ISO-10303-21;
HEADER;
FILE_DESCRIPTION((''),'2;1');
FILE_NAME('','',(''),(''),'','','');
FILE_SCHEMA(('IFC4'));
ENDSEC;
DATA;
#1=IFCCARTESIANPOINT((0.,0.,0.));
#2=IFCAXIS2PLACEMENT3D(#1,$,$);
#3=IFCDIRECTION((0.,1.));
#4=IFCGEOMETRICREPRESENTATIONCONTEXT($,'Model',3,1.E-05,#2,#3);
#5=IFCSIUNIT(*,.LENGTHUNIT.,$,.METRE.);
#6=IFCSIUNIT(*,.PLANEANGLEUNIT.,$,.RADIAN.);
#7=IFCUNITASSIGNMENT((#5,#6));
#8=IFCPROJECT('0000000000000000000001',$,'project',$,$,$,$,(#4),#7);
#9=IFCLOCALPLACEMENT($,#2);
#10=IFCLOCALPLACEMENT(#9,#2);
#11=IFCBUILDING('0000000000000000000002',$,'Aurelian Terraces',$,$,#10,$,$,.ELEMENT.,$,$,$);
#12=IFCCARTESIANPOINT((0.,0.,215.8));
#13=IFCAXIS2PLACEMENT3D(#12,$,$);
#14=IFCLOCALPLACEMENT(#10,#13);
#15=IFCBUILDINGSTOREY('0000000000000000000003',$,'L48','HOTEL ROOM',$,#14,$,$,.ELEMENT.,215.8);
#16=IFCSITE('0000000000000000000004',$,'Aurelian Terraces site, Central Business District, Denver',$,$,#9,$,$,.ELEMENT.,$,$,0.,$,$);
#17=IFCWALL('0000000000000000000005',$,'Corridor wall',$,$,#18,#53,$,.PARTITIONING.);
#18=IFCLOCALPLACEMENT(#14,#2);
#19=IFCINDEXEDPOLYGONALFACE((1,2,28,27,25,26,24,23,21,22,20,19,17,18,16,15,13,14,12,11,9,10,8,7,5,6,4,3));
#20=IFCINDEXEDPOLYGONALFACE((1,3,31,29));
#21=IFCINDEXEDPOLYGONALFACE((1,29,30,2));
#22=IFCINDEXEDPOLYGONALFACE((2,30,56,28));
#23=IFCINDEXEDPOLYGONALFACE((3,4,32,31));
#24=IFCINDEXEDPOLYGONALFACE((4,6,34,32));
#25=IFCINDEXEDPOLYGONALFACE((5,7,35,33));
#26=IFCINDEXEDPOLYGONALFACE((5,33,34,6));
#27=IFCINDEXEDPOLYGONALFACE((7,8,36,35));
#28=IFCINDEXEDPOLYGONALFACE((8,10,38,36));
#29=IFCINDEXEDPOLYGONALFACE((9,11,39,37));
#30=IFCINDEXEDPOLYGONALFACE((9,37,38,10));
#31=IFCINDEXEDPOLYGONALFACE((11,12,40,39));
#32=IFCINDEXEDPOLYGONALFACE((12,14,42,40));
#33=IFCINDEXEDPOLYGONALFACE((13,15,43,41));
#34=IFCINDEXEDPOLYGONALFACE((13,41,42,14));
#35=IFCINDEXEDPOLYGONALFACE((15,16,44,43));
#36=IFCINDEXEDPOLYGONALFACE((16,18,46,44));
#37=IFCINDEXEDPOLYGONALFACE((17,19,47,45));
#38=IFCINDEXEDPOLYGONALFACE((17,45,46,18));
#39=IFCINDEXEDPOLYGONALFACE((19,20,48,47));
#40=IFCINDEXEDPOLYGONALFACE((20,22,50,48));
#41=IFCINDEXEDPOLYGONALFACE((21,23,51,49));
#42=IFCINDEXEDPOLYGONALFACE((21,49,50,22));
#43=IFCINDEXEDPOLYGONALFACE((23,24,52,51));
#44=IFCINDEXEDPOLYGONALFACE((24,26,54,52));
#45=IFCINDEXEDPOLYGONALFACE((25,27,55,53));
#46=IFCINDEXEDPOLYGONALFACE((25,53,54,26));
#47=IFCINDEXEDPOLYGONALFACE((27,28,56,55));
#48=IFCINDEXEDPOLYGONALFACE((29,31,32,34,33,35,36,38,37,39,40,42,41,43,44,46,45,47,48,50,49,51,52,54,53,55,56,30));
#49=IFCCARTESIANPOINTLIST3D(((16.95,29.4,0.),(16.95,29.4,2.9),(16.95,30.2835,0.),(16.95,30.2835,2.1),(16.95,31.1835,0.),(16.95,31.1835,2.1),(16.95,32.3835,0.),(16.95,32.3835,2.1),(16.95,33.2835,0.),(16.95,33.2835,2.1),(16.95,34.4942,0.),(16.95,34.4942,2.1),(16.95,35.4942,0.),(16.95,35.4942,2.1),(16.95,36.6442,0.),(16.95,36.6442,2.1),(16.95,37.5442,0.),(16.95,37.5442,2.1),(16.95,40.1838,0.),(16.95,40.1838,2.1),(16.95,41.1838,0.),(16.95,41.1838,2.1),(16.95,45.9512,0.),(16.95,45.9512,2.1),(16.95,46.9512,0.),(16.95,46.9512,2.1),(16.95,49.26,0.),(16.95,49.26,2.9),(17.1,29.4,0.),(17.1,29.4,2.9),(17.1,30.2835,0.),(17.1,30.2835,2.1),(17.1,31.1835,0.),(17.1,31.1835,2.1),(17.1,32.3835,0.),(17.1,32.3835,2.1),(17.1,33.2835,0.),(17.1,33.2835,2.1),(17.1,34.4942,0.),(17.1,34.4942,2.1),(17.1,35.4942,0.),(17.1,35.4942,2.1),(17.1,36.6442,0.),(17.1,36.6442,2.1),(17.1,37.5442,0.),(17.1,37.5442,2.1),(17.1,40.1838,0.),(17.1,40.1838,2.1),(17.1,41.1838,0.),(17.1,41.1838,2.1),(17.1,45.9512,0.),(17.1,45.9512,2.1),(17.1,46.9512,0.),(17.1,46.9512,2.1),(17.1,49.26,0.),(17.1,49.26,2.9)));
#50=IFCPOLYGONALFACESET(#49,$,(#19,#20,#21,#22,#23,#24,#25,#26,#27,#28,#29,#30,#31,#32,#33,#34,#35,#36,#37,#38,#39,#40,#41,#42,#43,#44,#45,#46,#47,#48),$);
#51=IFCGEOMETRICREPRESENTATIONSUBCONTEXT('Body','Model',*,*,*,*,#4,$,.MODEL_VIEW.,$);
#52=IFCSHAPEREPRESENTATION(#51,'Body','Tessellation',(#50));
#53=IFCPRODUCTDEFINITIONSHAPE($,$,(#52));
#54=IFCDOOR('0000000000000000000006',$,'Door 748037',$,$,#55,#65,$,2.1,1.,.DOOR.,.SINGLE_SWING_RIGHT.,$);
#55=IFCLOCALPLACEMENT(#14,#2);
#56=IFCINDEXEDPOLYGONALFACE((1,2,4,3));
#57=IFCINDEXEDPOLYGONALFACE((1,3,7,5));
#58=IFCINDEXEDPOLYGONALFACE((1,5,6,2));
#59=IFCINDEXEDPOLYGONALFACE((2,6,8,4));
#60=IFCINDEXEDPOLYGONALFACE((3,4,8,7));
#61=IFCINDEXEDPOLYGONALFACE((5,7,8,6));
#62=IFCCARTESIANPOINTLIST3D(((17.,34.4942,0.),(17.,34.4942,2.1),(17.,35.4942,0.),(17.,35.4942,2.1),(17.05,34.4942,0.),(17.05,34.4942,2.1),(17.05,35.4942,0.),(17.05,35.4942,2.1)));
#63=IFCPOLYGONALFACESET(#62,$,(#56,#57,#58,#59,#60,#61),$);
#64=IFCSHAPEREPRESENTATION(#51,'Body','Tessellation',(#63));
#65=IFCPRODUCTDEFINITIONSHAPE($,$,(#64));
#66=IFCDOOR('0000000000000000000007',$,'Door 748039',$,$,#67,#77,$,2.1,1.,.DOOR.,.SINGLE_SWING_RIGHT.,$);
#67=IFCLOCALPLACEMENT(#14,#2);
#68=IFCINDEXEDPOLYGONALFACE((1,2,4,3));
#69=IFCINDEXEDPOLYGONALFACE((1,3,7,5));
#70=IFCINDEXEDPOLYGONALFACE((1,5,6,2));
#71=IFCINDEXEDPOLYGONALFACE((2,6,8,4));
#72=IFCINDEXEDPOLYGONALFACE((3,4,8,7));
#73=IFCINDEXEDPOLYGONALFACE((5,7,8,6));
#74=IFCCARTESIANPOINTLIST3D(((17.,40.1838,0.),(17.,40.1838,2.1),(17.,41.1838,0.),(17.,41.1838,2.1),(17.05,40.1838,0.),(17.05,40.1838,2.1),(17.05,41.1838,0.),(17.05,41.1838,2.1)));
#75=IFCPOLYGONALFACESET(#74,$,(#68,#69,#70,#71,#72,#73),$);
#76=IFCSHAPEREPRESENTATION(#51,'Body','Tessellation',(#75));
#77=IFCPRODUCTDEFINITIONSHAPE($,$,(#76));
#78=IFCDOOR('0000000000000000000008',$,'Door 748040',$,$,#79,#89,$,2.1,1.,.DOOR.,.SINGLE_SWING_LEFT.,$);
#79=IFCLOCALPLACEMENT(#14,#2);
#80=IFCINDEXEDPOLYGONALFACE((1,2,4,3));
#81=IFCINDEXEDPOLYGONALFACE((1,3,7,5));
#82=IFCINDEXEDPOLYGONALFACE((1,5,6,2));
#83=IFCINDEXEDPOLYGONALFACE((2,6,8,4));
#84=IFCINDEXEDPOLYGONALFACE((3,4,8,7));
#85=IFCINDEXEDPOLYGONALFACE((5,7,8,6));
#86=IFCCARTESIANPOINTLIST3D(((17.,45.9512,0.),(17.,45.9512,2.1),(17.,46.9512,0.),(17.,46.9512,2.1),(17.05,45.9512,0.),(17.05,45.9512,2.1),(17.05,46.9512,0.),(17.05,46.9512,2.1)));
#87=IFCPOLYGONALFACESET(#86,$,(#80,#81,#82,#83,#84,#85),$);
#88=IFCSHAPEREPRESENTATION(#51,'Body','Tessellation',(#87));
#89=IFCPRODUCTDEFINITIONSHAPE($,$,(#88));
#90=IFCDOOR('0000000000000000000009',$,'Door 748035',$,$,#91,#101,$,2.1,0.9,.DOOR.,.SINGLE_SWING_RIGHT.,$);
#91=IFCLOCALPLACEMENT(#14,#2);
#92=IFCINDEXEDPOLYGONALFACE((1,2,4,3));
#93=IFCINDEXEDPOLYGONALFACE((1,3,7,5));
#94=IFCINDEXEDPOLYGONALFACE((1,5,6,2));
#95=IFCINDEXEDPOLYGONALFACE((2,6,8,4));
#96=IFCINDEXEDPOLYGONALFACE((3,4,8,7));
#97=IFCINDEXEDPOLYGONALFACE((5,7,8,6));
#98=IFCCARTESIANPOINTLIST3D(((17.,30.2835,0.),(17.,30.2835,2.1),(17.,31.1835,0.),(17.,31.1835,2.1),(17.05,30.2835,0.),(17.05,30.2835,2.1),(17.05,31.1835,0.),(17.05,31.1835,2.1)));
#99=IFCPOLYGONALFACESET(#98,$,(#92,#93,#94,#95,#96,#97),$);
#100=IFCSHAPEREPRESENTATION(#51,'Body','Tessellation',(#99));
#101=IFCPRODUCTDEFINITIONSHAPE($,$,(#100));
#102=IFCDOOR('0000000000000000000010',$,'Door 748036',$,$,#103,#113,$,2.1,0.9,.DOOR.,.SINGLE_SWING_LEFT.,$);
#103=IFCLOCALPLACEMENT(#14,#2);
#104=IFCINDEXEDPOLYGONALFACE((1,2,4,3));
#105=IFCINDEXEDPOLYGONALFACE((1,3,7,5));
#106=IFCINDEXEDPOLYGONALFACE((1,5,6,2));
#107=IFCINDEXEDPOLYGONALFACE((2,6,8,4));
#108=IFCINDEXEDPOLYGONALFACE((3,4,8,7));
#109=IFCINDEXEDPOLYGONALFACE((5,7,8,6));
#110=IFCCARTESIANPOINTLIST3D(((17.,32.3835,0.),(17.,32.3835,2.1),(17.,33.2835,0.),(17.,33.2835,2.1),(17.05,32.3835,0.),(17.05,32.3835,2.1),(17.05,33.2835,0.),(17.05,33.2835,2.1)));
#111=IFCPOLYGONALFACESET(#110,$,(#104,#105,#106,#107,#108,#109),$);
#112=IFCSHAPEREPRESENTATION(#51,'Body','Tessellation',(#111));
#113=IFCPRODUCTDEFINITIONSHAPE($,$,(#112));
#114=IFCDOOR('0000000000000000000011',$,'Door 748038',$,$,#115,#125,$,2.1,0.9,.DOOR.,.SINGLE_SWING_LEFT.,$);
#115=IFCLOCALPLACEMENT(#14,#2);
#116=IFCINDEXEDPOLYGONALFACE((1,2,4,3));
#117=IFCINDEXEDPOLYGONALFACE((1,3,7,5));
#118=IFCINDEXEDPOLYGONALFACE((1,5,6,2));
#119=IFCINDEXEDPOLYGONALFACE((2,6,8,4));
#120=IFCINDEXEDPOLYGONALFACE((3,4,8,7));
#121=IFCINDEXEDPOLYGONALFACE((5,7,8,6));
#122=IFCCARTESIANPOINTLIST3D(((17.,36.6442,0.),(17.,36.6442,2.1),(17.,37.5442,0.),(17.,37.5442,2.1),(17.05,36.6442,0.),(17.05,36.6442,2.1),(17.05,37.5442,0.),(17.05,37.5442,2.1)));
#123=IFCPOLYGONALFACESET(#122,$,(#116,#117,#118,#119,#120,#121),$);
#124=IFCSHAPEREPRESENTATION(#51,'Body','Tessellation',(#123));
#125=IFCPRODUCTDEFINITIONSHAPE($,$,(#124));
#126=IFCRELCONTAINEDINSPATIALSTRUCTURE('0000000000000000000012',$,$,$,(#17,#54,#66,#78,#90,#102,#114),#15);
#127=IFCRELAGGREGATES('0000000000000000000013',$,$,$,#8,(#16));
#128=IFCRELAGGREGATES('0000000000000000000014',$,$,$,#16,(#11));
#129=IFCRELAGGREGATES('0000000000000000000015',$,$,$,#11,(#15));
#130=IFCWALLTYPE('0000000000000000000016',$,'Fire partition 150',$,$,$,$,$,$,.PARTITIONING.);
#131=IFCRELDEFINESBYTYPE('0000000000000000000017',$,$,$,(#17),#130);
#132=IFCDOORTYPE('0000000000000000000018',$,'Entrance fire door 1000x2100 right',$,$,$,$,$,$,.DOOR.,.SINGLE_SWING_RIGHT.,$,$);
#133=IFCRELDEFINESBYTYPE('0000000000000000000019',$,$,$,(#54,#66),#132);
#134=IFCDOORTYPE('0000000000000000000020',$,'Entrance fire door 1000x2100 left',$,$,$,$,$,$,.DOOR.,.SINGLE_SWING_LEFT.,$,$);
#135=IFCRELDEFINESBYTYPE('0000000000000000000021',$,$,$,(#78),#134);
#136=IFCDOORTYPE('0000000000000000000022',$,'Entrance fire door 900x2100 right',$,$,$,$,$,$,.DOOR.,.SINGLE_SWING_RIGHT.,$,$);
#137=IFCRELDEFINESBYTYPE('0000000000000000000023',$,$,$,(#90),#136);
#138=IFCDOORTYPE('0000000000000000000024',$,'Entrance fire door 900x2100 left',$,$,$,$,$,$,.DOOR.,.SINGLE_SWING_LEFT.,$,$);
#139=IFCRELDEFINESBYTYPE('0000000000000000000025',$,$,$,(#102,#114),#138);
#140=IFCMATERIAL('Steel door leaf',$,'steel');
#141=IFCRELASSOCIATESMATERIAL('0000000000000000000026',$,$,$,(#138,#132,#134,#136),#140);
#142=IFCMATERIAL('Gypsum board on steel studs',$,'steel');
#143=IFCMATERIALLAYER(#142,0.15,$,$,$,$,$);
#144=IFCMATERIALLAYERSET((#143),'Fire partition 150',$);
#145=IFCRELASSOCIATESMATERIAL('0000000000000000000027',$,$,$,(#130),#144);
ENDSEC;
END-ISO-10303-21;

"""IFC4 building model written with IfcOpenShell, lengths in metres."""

from ifc_helpers import new_model, si_unit, direction, frame, frame_2d, origin, place, context, subcontext, project, spatial, rectangle, extrude, source, transform, mapped, material, layer, layer_set, type_object, element, fill, save


model = new_model("IFC4")

# Units and contexts
model_context = context("Model", 3, precision=1e-05, world=origin(), true_north=direction((0.0, 1.0)))
body_context = subcontext(model_context, "Body", "Model", "MODEL_VIEW")
ifc_project = project(units=[si_unit("LENGTHUNIT", "METRE"), si_unit("PLANEANGLEUNIT", "RADIAN")], contexts=[model_context])

# Site, building, storey
site_placement = place(None, origin())
site = spatial("IfcSite", under=ifc_project, at=site_placement, Name="Aurelian Terraces site, Central Business District, Denver", CompositionType="ELEMENT", RefElevation=0.0)
building_placement = place(site_placement, origin())
building = spatial("IfcBuilding", under=site, at=building_placement, Name="Aurelian Terraces", CompositionType="ELEMENT")
storey_placement = place(building_placement, frame((0.0, 0.0, 215.8)))
storey = spatial("IfcBuildingStorey", under=building, at=storey_placement, Name="L48", Description="HOTEL ROOM", CompositionType="ELEMENT", Elevation=215.8)

# Shared definitions
ifc_material_1 = material(Name="Gypsum board on steel studs", Category="steel")

# Shared definitions
shared_shape_1 = source(origin(), body_context, "Body", "SweptSolid", [
    extrude(rectangle(XDim=0.9, YDim=2.1, at=frame_2d((0.45, 1.05))), frame((0.0, 0.085, 0.0), z_axis=(0.0, -1.0, 0.0), x_axis=(1.0, 0.0, 0.0)), (0.0, 0.0, 1.0), 0.17),
])
shared_shape_2 = source(origin(), body_context, "Body", "SweptSolid", [
    extrude(rectangle(XDim=0.9, YDim=2.1, at=frame_2d((0.45, 1.05))), frame((0.0, 0.025, 0.0), z_axis=(0.0, -1.0, 0.0), x_axis=(1.0, 0.0, 0.0)), (0.0, 0.0, 1.0), 0.05),
])
ifc_material_2 = material(Name="Steel door leaf", Category="steel")
door_type_1 = type_object("IfcDoorType", Name="Entrance fire door 900x2100 left", OperationType="SINGLE_SWING_LEFT", PredefinedType="DOOR", material=ifc_material_2)

# Shared definitions
ifc_layer_1 = layer(ifc_material_1, 0.15)
ifc_layer_set_1 = layer_set([ifc_layer_1], Name="Fire partition 150")
wall_type_1 = type_object("IfcWallType", Name="Fire partition 150", PredefinedType="PARTITIONING", material=ifc_layer_set_1)

# Wall, openings, doors
shared_shape_3 = source(origin(), body_context, "Body", "SweptSolid", [
    extrude(rectangle(XDim=19.86, YDim=0.15, at=frame_2d((9.93, 0.0))), origin(), (0.0, 0.0, 1.0), 2.9),
])
wall_1_placement = place(storey_placement, frame((17.025, 49.26, 0.0), z_axis=(0.0, 0.0, 1.0), x_axis=(0.0, -1.0, 0.0)))
wall_1 = element("IfcWall", 1, at=wall_1_placement, inside=storey, type_object=wall_type_1, Name="Corridor wall", PredefinedType="PARTITIONING", context=body_context, shape_type="MappedRepresentation", body=[
    mapped(shared_shape_3, transform((0.0, 0.0, 0.0), scale=1.0)),
])
opening_1_placement = place(wall_1_placement, frame((18.0765, 0.0, 0.0)))
opening_1 = element("IfcOpeningElement", 2, at=opening_1_placement, cuts=wall_1, PredefinedType="OPENING", context=body_context, shape_type="MappedRepresentation", body=[
    mapped(shared_shape_1, transform((0.0, 0.0, 0.0), scale=1.0)),
])
opening_2_placement = place(wall_1_placement, frame((15.9765, 0.0, 0.0)))
opening_2 = element("IfcOpeningElement", 3, at=opening_2_placement, cuts=wall_1, PredefinedType="OPENING", context=body_context, shape_type="MappedRepresentation", body=[
    mapped(shared_shape_1, transform((0.0, 0.0, 0.0), scale=1.0)),
])
shared_shape_4 = source(origin(), body_context, "Body", "SweptSolid", [
    extrude(rectangle(XDim=1.0, YDim=2.1, at=frame_2d((0.5, 1.05))), frame((0.0, 0.085, 0.0), z_axis=(0.0, -1.0, 0.0), x_axis=(1.0, 0.0, 0.0)), (0.0, 0.0, 1.0), 0.17),
])
opening_3_placement = place(wall_1_placement, frame((13.7658, 0.0, 0.0)))
opening_3 = element("IfcOpeningElement", 4, at=opening_3_placement, cuts=wall_1, PredefinedType="OPENING", context=body_context, shape_type="MappedRepresentation", body=[
    mapped(shared_shape_4, transform((0.0, 0.0, 0.0), scale=1.0)),
])
opening_4_placement = place(wall_1_placement, frame((11.7158, 0.0, 0.0)))
opening_4 = element("IfcOpeningElement", 5, at=opening_4_placement, cuts=wall_1, PredefinedType="OPENING", context=body_context, shape_type="MappedRepresentation", body=[
    mapped(shared_shape_1, transform((0.0, 0.0, 0.0), scale=1.0)),
])
opening_5_placement = place(wall_1_placement, frame((8.0762, 0.0, 0.0)))
opening_5 = element("IfcOpeningElement", 6, at=opening_5_placement, cuts=wall_1, PredefinedType="OPENING", context=body_context, shape_type="MappedRepresentation", body=[
    mapped(shared_shape_4, transform((0.0, 0.0, 0.0), scale=1.0)),
])
opening_6_placement = place(wall_1_placement, frame((2.3088, 0.0, 0.0)))
opening_6 = element("IfcOpeningElement", 7, at=opening_6_placement, cuts=wall_1, PredefinedType="OPENING", context=body_context, shape_type="MappedRepresentation", body=[
    mapped(shared_shape_4, transform((0.0, 0.0, 0.0), scale=1.0)),
])
door_type_2 = type_object("IfcDoorType", Name="Entrance fire door 1000x2100 right", OperationType="SINGLE_SWING_RIGHT", PredefinedType="DOOR", material=ifc_material_2)
shared_shape_5 = source(origin(), body_context, "Body", "SweptSolid", [
    extrude(rectangle(XDim=1.0, YDim=2.1, at=frame_2d((0.5, 1.05))), frame((0.0, 0.025, 0.0), z_axis=(0.0, -1.0, 0.0), x_axis=(1.0, 0.0, 0.0)), (0.0, 0.0, 1.0), 0.05),
])
door_1_placement = place(opening_3_placement, origin())
door_1 = element("IfcDoor", 8, at=door_1_placement, inside=storey, type_object=door_type_2, Name="Door 748037", OperationType="SINGLE_SWING_RIGHT", OverallHeight=2.1, OverallWidth=1.0, PredefinedType="DOOR", context=body_context, shape_type="MappedRepresentation", body=[
    mapped(shared_shape_5, transform((0.0, 0.0, 0.0), scale=1.0)),
])
fill(opening_3, door_1)
door_2_placement = place(opening_5_placement, origin())
door_2 = element("IfcDoor", 9, at=door_2_placement, inside=storey, type_object=door_type_2, Name="Door 748039", OperationType="SINGLE_SWING_RIGHT", OverallHeight=2.1, OverallWidth=1.0, PredefinedType="DOOR", context=body_context, shape_type="MappedRepresentation", body=[
    mapped(shared_shape_5, transform((0.0, 0.0, 0.0), scale=1.0)),
])
fill(opening_5, door_2)
door_type_3 = type_object("IfcDoorType", Name="Entrance fire door 1000x2100 left", OperationType="SINGLE_SWING_LEFT", PredefinedType="DOOR", material=ifc_material_2)
door_3_placement = place(opening_6_placement, origin())
door_3 = element("IfcDoor", 10, at=door_3_placement, inside=storey, type_object=door_type_3, Name="Door 748040", OperationType="SINGLE_SWING_LEFT", OverallHeight=2.1, OverallWidth=1.0, PredefinedType="DOOR", context=body_context, shape_type="MappedRepresentation", body=[
    mapped(shared_shape_5, transform((0.0, 0.0, 0.0), scale=1.0)),
])
fill(opening_6, door_3)
door_type_4 = type_object("IfcDoorType", Name="Entrance fire door 900x2100 right", OperationType="SINGLE_SWING_RIGHT", PredefinedType="DOOR", material=ifc_material_2)
door_4_placement = place(opening_1_placement, origin())
door_4 = element("IfcDoor", 11, at=door_4_placement, inside=storey, type_object=door_type_4, Name="Door 748035", OperationType="SINGLE_SWING_RIGHT", OverallHeight=2.1, OverallWidth=0.9, PredefinedType="DOOR", context=body_context, shape_type="MappedRepresentation", body=[
    mapped(shared_shape_2, transform((0.0, 0.0, 0.0), scale=1.0)),
])
fill(opening_1, door_4)
door_5_placement = place(opening_2_placement, origin())
door_5 = element("IfcDoor", 12, at=door_5_placement, inside=storey, type_object=door_type_1, Name="Door 748036", OperationType="SINGLE_SWING_LEFT", OverallHeight=2.1, OverallWidth=0.9, PredefinedType="DOOR", context=body_context, shape_type="MappedRepresentation", body=[
    mapped(shared_shape_2, transform((0.0, 0.0, 0.0), scale=1.0)),
])
fill(opening_2, door_5)
door_6_placement = place(opening_4_placement, origin())
door_6 = element("IfcDoor", 13, at=door_6_placement, inside=storey, type_object=door_type_1, Name="Door 748038", OperationType="SINGLE_SWING_LEFT", OverallHeight=2.1, OverallWidth=0.9, PredefinedType="DOOR", context=body_context, shape_type="MappedRepresentation", body=[
    mapped(shared_shape_2, transform((0.0, 0.0, 0.0), scale=1.0)),
])
fill(opening_4, door_6)

save(model, "model.ifc")
